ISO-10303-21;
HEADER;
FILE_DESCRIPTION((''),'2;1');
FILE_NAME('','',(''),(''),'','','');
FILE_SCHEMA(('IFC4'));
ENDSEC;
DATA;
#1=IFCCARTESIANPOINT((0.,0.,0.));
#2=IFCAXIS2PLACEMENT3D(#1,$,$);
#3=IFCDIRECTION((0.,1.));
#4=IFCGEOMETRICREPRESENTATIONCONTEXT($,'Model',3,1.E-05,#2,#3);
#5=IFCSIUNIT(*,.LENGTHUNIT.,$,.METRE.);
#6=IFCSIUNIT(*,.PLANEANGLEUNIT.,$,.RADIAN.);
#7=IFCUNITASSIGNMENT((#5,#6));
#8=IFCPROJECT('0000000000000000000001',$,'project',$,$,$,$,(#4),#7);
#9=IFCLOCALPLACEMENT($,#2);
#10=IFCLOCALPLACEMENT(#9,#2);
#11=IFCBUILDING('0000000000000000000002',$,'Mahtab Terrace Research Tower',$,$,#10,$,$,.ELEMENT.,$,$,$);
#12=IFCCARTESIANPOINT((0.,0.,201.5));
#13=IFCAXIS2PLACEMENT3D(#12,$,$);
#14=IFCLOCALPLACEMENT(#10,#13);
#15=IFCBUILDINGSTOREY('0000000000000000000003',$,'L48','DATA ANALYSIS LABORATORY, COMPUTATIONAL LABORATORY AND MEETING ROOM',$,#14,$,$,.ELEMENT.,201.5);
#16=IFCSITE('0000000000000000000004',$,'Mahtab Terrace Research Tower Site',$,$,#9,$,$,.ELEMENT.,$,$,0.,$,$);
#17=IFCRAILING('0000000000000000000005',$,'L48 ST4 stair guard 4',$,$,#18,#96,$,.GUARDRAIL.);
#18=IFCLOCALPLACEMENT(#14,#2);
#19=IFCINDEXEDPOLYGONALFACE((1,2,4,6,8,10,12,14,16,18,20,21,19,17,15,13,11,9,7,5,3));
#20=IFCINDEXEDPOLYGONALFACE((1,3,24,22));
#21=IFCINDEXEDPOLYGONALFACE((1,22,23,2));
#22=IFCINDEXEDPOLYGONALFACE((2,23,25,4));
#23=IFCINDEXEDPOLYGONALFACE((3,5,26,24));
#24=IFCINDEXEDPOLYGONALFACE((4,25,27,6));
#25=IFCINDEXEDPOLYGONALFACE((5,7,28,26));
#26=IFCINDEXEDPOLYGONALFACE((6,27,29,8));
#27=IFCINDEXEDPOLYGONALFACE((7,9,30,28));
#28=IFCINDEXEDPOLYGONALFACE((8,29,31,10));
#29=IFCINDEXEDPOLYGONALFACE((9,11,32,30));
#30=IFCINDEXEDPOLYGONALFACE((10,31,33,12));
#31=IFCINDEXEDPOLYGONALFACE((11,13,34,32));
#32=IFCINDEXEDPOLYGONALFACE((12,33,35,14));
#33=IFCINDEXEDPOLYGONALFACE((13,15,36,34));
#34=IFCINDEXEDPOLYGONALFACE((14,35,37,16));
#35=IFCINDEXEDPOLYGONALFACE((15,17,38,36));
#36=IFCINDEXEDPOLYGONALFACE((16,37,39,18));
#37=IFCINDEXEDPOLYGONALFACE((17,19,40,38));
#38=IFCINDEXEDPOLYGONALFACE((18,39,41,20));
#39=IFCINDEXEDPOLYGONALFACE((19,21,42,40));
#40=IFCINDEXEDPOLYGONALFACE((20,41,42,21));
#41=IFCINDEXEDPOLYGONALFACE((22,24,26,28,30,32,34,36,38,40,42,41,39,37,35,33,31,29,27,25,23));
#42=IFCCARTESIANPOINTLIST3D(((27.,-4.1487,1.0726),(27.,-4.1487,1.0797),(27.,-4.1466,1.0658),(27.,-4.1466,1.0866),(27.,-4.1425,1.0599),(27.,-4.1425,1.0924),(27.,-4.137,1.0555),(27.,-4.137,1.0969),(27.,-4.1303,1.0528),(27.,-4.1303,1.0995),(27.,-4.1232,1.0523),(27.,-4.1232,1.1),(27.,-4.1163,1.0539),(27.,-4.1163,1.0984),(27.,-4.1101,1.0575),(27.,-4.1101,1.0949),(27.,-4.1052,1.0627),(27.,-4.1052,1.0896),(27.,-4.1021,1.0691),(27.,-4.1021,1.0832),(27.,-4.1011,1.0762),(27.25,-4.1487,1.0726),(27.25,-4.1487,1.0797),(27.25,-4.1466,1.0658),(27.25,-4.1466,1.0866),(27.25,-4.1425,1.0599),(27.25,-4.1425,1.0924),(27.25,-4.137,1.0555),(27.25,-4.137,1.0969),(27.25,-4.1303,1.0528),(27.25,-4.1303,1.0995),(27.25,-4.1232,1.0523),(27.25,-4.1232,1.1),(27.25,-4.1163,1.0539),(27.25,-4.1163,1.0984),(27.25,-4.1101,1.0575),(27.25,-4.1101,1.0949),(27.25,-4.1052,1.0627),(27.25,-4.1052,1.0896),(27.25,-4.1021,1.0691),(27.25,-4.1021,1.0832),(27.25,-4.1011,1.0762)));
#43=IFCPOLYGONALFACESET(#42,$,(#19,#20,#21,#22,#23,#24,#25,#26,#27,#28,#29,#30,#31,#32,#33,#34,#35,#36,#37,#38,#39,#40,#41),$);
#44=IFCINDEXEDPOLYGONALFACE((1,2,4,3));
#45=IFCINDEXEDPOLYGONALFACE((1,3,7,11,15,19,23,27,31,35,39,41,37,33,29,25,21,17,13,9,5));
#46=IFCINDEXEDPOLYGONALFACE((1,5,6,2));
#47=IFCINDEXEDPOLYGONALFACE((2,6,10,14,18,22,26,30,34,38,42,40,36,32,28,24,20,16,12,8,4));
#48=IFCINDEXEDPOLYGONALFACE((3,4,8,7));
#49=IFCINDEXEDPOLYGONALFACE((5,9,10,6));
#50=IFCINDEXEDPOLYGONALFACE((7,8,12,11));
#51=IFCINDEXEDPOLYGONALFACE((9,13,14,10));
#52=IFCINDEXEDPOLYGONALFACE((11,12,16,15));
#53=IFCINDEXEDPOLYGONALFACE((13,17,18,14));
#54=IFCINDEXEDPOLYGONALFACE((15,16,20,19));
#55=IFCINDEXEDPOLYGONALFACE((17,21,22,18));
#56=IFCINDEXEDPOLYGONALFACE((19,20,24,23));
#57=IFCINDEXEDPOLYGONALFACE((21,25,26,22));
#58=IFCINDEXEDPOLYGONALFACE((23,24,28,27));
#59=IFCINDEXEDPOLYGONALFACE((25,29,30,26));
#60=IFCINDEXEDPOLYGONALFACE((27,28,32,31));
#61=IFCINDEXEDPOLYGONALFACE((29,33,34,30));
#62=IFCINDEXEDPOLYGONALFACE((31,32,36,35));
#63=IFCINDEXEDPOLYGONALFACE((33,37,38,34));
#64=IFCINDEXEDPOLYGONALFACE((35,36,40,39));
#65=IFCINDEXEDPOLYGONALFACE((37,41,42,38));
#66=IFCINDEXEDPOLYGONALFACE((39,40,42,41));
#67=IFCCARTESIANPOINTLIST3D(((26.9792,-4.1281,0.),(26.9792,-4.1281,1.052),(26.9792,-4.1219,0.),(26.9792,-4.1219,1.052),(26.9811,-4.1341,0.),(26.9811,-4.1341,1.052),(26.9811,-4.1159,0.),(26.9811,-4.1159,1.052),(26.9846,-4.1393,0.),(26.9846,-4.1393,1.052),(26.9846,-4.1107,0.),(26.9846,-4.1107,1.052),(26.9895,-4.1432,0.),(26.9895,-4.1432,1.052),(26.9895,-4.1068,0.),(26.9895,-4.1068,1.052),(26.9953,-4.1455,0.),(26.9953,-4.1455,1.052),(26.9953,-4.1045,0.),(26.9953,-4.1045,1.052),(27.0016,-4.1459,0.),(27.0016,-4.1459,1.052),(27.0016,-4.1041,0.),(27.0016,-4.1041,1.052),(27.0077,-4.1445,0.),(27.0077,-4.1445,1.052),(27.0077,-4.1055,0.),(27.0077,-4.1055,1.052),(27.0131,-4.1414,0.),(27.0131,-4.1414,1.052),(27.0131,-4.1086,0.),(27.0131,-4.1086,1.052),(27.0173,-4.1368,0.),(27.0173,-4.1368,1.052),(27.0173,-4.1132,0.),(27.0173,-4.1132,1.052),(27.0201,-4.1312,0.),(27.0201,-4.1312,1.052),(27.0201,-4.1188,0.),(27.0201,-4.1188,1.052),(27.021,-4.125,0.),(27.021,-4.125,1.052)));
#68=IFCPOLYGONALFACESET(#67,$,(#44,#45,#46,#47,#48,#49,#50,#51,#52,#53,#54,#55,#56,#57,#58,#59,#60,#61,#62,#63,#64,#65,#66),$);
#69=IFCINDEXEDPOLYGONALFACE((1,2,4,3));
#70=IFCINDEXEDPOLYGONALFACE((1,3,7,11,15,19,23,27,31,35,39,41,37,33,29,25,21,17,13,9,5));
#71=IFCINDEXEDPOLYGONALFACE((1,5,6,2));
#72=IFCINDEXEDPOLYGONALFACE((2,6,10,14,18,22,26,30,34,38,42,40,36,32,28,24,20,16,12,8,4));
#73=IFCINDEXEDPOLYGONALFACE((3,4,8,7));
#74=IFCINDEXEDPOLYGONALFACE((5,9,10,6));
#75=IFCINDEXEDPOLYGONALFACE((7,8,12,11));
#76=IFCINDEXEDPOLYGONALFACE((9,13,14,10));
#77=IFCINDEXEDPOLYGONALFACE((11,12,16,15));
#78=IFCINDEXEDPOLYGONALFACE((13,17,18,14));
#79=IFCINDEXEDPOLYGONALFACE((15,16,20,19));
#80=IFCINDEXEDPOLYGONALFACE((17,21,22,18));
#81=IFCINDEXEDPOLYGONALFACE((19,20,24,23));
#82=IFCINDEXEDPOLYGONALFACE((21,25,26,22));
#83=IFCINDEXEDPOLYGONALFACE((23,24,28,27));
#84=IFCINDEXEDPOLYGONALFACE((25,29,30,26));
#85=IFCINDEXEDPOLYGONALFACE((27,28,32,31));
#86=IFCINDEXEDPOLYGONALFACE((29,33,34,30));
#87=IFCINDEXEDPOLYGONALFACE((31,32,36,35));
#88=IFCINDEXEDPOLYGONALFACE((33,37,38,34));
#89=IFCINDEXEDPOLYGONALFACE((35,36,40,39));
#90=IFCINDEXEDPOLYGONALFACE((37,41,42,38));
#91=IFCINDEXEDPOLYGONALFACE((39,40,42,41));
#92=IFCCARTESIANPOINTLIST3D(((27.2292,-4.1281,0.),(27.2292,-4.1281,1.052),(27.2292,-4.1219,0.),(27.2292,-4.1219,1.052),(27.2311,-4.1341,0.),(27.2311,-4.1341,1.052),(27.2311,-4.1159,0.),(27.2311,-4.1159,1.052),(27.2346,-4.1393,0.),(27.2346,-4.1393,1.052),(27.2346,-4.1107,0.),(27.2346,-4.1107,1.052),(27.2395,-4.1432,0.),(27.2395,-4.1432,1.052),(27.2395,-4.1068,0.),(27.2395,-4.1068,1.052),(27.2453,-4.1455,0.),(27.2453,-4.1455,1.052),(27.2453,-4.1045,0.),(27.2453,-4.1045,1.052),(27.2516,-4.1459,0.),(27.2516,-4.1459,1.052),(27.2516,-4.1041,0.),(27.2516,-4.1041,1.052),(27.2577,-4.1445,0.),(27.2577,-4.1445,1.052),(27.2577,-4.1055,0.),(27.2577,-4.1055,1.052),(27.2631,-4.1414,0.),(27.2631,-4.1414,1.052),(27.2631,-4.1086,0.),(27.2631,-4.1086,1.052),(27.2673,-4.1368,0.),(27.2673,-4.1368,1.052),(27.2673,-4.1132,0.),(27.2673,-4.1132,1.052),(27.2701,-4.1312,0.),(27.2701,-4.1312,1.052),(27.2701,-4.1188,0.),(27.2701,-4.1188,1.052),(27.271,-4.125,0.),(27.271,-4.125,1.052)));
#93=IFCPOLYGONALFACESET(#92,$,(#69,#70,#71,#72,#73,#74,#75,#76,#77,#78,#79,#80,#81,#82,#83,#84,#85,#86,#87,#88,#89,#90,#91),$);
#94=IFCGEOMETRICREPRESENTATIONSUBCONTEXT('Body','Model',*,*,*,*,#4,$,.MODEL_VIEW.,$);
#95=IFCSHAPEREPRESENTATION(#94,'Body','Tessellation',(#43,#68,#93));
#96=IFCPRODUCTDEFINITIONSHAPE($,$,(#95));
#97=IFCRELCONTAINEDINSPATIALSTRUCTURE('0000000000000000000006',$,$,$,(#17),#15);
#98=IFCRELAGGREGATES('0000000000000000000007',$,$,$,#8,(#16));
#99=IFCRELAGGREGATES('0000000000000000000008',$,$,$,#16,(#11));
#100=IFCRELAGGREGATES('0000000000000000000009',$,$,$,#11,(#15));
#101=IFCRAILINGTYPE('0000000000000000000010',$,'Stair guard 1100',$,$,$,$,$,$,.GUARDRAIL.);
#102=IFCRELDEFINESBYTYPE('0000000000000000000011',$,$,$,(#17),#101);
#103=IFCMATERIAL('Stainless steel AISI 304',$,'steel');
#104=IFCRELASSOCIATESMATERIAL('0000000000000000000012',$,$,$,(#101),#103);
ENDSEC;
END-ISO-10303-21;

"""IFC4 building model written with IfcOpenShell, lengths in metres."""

from ifc_helpers import new_model, si_unit, direction, frame, origin, origin_2d, place, context, subcontext, project, spatial, circle, extrude, material, type_object, element, save


model = new_model("IFC4")

# Units and contexts
model_context = context("Model", 3, precision=1e-05, world=origin(), true_north=direction((0.0, 1.0)))
body_context = subcontext(model_context, "Body", "Model", "MODEL_VIEW")
ifc_project = project(units=[si_unit("LENGTHUNIT", "METRE"), si_unit("PLANEANGLEUNIT", "RADIAN")], contexts=[model_context])

# Site, building, storey
site_placement = place(None, origin())
site = spatial("IfcSite", under=ifc_project, at=site_placement, Name="Mahtab Terrace Research Tower Site", CompositionType="ELEMENT", RefElevation=0.0)
building_placement = place(site_placement, origin())
building = spatial("IfcBuilding", under=site, at=building_placement, Name="Mahtab Terrace Research Tower", CompositionType="ELEMENT")
storey_placement = place(building_placement, frame((0.0, 0.0, 201.5)))
storey = spatial("IfcBuildingStorey", under=building, at=storey_placement, Name="L48", Description="DATA ANALYSIS LABORATORY, COMPUTATIONAL LABORATORY AND MEETING ROOM", CompositionType="ELEMENT", Elevation=201.5)

# Railing
ifc_material_1 = material(Name="Stainless steel AISI 304", Category="steel")
railing_type_1 = type_object("IfcRailingType", Name="Stair guard 1100", PredefinedType="GUARDRAIL", material=ifc_material_1)
railing_1_placement = place(storey_placement, frame((27.0, -4.125, 0.0)))
element("IfcRailing", 1, at=railing_1_placement, inside=storey, type_object=railing_type_1, Name="L48 ST4 stair guard 4", PredefinedType="GUARDRAIL", context=body_context, shape_type="SweptSolid", body=[
    extrude(circle(Radius=0.0239, at=origin_2d()), frame((0.0, 0.0, 1.0762), z_axis=(1.0, 0.0, 0.0), x_axis=(0.0, 1.0, 0.0)), (0.0, 0.0, 1.0), 0.25),
    extrude(circle(Radius=0.021, at=origin_2d()), origin(), (0.0, 0.0, 1.0), 1.052),
    extrude(circle(Radius=0.021, at=origin_2d()), frame((0.25, 0.0, 0.0)), (0.0, 0.0, 1.0), 1.052),
])

save(model, "model.ifc")
